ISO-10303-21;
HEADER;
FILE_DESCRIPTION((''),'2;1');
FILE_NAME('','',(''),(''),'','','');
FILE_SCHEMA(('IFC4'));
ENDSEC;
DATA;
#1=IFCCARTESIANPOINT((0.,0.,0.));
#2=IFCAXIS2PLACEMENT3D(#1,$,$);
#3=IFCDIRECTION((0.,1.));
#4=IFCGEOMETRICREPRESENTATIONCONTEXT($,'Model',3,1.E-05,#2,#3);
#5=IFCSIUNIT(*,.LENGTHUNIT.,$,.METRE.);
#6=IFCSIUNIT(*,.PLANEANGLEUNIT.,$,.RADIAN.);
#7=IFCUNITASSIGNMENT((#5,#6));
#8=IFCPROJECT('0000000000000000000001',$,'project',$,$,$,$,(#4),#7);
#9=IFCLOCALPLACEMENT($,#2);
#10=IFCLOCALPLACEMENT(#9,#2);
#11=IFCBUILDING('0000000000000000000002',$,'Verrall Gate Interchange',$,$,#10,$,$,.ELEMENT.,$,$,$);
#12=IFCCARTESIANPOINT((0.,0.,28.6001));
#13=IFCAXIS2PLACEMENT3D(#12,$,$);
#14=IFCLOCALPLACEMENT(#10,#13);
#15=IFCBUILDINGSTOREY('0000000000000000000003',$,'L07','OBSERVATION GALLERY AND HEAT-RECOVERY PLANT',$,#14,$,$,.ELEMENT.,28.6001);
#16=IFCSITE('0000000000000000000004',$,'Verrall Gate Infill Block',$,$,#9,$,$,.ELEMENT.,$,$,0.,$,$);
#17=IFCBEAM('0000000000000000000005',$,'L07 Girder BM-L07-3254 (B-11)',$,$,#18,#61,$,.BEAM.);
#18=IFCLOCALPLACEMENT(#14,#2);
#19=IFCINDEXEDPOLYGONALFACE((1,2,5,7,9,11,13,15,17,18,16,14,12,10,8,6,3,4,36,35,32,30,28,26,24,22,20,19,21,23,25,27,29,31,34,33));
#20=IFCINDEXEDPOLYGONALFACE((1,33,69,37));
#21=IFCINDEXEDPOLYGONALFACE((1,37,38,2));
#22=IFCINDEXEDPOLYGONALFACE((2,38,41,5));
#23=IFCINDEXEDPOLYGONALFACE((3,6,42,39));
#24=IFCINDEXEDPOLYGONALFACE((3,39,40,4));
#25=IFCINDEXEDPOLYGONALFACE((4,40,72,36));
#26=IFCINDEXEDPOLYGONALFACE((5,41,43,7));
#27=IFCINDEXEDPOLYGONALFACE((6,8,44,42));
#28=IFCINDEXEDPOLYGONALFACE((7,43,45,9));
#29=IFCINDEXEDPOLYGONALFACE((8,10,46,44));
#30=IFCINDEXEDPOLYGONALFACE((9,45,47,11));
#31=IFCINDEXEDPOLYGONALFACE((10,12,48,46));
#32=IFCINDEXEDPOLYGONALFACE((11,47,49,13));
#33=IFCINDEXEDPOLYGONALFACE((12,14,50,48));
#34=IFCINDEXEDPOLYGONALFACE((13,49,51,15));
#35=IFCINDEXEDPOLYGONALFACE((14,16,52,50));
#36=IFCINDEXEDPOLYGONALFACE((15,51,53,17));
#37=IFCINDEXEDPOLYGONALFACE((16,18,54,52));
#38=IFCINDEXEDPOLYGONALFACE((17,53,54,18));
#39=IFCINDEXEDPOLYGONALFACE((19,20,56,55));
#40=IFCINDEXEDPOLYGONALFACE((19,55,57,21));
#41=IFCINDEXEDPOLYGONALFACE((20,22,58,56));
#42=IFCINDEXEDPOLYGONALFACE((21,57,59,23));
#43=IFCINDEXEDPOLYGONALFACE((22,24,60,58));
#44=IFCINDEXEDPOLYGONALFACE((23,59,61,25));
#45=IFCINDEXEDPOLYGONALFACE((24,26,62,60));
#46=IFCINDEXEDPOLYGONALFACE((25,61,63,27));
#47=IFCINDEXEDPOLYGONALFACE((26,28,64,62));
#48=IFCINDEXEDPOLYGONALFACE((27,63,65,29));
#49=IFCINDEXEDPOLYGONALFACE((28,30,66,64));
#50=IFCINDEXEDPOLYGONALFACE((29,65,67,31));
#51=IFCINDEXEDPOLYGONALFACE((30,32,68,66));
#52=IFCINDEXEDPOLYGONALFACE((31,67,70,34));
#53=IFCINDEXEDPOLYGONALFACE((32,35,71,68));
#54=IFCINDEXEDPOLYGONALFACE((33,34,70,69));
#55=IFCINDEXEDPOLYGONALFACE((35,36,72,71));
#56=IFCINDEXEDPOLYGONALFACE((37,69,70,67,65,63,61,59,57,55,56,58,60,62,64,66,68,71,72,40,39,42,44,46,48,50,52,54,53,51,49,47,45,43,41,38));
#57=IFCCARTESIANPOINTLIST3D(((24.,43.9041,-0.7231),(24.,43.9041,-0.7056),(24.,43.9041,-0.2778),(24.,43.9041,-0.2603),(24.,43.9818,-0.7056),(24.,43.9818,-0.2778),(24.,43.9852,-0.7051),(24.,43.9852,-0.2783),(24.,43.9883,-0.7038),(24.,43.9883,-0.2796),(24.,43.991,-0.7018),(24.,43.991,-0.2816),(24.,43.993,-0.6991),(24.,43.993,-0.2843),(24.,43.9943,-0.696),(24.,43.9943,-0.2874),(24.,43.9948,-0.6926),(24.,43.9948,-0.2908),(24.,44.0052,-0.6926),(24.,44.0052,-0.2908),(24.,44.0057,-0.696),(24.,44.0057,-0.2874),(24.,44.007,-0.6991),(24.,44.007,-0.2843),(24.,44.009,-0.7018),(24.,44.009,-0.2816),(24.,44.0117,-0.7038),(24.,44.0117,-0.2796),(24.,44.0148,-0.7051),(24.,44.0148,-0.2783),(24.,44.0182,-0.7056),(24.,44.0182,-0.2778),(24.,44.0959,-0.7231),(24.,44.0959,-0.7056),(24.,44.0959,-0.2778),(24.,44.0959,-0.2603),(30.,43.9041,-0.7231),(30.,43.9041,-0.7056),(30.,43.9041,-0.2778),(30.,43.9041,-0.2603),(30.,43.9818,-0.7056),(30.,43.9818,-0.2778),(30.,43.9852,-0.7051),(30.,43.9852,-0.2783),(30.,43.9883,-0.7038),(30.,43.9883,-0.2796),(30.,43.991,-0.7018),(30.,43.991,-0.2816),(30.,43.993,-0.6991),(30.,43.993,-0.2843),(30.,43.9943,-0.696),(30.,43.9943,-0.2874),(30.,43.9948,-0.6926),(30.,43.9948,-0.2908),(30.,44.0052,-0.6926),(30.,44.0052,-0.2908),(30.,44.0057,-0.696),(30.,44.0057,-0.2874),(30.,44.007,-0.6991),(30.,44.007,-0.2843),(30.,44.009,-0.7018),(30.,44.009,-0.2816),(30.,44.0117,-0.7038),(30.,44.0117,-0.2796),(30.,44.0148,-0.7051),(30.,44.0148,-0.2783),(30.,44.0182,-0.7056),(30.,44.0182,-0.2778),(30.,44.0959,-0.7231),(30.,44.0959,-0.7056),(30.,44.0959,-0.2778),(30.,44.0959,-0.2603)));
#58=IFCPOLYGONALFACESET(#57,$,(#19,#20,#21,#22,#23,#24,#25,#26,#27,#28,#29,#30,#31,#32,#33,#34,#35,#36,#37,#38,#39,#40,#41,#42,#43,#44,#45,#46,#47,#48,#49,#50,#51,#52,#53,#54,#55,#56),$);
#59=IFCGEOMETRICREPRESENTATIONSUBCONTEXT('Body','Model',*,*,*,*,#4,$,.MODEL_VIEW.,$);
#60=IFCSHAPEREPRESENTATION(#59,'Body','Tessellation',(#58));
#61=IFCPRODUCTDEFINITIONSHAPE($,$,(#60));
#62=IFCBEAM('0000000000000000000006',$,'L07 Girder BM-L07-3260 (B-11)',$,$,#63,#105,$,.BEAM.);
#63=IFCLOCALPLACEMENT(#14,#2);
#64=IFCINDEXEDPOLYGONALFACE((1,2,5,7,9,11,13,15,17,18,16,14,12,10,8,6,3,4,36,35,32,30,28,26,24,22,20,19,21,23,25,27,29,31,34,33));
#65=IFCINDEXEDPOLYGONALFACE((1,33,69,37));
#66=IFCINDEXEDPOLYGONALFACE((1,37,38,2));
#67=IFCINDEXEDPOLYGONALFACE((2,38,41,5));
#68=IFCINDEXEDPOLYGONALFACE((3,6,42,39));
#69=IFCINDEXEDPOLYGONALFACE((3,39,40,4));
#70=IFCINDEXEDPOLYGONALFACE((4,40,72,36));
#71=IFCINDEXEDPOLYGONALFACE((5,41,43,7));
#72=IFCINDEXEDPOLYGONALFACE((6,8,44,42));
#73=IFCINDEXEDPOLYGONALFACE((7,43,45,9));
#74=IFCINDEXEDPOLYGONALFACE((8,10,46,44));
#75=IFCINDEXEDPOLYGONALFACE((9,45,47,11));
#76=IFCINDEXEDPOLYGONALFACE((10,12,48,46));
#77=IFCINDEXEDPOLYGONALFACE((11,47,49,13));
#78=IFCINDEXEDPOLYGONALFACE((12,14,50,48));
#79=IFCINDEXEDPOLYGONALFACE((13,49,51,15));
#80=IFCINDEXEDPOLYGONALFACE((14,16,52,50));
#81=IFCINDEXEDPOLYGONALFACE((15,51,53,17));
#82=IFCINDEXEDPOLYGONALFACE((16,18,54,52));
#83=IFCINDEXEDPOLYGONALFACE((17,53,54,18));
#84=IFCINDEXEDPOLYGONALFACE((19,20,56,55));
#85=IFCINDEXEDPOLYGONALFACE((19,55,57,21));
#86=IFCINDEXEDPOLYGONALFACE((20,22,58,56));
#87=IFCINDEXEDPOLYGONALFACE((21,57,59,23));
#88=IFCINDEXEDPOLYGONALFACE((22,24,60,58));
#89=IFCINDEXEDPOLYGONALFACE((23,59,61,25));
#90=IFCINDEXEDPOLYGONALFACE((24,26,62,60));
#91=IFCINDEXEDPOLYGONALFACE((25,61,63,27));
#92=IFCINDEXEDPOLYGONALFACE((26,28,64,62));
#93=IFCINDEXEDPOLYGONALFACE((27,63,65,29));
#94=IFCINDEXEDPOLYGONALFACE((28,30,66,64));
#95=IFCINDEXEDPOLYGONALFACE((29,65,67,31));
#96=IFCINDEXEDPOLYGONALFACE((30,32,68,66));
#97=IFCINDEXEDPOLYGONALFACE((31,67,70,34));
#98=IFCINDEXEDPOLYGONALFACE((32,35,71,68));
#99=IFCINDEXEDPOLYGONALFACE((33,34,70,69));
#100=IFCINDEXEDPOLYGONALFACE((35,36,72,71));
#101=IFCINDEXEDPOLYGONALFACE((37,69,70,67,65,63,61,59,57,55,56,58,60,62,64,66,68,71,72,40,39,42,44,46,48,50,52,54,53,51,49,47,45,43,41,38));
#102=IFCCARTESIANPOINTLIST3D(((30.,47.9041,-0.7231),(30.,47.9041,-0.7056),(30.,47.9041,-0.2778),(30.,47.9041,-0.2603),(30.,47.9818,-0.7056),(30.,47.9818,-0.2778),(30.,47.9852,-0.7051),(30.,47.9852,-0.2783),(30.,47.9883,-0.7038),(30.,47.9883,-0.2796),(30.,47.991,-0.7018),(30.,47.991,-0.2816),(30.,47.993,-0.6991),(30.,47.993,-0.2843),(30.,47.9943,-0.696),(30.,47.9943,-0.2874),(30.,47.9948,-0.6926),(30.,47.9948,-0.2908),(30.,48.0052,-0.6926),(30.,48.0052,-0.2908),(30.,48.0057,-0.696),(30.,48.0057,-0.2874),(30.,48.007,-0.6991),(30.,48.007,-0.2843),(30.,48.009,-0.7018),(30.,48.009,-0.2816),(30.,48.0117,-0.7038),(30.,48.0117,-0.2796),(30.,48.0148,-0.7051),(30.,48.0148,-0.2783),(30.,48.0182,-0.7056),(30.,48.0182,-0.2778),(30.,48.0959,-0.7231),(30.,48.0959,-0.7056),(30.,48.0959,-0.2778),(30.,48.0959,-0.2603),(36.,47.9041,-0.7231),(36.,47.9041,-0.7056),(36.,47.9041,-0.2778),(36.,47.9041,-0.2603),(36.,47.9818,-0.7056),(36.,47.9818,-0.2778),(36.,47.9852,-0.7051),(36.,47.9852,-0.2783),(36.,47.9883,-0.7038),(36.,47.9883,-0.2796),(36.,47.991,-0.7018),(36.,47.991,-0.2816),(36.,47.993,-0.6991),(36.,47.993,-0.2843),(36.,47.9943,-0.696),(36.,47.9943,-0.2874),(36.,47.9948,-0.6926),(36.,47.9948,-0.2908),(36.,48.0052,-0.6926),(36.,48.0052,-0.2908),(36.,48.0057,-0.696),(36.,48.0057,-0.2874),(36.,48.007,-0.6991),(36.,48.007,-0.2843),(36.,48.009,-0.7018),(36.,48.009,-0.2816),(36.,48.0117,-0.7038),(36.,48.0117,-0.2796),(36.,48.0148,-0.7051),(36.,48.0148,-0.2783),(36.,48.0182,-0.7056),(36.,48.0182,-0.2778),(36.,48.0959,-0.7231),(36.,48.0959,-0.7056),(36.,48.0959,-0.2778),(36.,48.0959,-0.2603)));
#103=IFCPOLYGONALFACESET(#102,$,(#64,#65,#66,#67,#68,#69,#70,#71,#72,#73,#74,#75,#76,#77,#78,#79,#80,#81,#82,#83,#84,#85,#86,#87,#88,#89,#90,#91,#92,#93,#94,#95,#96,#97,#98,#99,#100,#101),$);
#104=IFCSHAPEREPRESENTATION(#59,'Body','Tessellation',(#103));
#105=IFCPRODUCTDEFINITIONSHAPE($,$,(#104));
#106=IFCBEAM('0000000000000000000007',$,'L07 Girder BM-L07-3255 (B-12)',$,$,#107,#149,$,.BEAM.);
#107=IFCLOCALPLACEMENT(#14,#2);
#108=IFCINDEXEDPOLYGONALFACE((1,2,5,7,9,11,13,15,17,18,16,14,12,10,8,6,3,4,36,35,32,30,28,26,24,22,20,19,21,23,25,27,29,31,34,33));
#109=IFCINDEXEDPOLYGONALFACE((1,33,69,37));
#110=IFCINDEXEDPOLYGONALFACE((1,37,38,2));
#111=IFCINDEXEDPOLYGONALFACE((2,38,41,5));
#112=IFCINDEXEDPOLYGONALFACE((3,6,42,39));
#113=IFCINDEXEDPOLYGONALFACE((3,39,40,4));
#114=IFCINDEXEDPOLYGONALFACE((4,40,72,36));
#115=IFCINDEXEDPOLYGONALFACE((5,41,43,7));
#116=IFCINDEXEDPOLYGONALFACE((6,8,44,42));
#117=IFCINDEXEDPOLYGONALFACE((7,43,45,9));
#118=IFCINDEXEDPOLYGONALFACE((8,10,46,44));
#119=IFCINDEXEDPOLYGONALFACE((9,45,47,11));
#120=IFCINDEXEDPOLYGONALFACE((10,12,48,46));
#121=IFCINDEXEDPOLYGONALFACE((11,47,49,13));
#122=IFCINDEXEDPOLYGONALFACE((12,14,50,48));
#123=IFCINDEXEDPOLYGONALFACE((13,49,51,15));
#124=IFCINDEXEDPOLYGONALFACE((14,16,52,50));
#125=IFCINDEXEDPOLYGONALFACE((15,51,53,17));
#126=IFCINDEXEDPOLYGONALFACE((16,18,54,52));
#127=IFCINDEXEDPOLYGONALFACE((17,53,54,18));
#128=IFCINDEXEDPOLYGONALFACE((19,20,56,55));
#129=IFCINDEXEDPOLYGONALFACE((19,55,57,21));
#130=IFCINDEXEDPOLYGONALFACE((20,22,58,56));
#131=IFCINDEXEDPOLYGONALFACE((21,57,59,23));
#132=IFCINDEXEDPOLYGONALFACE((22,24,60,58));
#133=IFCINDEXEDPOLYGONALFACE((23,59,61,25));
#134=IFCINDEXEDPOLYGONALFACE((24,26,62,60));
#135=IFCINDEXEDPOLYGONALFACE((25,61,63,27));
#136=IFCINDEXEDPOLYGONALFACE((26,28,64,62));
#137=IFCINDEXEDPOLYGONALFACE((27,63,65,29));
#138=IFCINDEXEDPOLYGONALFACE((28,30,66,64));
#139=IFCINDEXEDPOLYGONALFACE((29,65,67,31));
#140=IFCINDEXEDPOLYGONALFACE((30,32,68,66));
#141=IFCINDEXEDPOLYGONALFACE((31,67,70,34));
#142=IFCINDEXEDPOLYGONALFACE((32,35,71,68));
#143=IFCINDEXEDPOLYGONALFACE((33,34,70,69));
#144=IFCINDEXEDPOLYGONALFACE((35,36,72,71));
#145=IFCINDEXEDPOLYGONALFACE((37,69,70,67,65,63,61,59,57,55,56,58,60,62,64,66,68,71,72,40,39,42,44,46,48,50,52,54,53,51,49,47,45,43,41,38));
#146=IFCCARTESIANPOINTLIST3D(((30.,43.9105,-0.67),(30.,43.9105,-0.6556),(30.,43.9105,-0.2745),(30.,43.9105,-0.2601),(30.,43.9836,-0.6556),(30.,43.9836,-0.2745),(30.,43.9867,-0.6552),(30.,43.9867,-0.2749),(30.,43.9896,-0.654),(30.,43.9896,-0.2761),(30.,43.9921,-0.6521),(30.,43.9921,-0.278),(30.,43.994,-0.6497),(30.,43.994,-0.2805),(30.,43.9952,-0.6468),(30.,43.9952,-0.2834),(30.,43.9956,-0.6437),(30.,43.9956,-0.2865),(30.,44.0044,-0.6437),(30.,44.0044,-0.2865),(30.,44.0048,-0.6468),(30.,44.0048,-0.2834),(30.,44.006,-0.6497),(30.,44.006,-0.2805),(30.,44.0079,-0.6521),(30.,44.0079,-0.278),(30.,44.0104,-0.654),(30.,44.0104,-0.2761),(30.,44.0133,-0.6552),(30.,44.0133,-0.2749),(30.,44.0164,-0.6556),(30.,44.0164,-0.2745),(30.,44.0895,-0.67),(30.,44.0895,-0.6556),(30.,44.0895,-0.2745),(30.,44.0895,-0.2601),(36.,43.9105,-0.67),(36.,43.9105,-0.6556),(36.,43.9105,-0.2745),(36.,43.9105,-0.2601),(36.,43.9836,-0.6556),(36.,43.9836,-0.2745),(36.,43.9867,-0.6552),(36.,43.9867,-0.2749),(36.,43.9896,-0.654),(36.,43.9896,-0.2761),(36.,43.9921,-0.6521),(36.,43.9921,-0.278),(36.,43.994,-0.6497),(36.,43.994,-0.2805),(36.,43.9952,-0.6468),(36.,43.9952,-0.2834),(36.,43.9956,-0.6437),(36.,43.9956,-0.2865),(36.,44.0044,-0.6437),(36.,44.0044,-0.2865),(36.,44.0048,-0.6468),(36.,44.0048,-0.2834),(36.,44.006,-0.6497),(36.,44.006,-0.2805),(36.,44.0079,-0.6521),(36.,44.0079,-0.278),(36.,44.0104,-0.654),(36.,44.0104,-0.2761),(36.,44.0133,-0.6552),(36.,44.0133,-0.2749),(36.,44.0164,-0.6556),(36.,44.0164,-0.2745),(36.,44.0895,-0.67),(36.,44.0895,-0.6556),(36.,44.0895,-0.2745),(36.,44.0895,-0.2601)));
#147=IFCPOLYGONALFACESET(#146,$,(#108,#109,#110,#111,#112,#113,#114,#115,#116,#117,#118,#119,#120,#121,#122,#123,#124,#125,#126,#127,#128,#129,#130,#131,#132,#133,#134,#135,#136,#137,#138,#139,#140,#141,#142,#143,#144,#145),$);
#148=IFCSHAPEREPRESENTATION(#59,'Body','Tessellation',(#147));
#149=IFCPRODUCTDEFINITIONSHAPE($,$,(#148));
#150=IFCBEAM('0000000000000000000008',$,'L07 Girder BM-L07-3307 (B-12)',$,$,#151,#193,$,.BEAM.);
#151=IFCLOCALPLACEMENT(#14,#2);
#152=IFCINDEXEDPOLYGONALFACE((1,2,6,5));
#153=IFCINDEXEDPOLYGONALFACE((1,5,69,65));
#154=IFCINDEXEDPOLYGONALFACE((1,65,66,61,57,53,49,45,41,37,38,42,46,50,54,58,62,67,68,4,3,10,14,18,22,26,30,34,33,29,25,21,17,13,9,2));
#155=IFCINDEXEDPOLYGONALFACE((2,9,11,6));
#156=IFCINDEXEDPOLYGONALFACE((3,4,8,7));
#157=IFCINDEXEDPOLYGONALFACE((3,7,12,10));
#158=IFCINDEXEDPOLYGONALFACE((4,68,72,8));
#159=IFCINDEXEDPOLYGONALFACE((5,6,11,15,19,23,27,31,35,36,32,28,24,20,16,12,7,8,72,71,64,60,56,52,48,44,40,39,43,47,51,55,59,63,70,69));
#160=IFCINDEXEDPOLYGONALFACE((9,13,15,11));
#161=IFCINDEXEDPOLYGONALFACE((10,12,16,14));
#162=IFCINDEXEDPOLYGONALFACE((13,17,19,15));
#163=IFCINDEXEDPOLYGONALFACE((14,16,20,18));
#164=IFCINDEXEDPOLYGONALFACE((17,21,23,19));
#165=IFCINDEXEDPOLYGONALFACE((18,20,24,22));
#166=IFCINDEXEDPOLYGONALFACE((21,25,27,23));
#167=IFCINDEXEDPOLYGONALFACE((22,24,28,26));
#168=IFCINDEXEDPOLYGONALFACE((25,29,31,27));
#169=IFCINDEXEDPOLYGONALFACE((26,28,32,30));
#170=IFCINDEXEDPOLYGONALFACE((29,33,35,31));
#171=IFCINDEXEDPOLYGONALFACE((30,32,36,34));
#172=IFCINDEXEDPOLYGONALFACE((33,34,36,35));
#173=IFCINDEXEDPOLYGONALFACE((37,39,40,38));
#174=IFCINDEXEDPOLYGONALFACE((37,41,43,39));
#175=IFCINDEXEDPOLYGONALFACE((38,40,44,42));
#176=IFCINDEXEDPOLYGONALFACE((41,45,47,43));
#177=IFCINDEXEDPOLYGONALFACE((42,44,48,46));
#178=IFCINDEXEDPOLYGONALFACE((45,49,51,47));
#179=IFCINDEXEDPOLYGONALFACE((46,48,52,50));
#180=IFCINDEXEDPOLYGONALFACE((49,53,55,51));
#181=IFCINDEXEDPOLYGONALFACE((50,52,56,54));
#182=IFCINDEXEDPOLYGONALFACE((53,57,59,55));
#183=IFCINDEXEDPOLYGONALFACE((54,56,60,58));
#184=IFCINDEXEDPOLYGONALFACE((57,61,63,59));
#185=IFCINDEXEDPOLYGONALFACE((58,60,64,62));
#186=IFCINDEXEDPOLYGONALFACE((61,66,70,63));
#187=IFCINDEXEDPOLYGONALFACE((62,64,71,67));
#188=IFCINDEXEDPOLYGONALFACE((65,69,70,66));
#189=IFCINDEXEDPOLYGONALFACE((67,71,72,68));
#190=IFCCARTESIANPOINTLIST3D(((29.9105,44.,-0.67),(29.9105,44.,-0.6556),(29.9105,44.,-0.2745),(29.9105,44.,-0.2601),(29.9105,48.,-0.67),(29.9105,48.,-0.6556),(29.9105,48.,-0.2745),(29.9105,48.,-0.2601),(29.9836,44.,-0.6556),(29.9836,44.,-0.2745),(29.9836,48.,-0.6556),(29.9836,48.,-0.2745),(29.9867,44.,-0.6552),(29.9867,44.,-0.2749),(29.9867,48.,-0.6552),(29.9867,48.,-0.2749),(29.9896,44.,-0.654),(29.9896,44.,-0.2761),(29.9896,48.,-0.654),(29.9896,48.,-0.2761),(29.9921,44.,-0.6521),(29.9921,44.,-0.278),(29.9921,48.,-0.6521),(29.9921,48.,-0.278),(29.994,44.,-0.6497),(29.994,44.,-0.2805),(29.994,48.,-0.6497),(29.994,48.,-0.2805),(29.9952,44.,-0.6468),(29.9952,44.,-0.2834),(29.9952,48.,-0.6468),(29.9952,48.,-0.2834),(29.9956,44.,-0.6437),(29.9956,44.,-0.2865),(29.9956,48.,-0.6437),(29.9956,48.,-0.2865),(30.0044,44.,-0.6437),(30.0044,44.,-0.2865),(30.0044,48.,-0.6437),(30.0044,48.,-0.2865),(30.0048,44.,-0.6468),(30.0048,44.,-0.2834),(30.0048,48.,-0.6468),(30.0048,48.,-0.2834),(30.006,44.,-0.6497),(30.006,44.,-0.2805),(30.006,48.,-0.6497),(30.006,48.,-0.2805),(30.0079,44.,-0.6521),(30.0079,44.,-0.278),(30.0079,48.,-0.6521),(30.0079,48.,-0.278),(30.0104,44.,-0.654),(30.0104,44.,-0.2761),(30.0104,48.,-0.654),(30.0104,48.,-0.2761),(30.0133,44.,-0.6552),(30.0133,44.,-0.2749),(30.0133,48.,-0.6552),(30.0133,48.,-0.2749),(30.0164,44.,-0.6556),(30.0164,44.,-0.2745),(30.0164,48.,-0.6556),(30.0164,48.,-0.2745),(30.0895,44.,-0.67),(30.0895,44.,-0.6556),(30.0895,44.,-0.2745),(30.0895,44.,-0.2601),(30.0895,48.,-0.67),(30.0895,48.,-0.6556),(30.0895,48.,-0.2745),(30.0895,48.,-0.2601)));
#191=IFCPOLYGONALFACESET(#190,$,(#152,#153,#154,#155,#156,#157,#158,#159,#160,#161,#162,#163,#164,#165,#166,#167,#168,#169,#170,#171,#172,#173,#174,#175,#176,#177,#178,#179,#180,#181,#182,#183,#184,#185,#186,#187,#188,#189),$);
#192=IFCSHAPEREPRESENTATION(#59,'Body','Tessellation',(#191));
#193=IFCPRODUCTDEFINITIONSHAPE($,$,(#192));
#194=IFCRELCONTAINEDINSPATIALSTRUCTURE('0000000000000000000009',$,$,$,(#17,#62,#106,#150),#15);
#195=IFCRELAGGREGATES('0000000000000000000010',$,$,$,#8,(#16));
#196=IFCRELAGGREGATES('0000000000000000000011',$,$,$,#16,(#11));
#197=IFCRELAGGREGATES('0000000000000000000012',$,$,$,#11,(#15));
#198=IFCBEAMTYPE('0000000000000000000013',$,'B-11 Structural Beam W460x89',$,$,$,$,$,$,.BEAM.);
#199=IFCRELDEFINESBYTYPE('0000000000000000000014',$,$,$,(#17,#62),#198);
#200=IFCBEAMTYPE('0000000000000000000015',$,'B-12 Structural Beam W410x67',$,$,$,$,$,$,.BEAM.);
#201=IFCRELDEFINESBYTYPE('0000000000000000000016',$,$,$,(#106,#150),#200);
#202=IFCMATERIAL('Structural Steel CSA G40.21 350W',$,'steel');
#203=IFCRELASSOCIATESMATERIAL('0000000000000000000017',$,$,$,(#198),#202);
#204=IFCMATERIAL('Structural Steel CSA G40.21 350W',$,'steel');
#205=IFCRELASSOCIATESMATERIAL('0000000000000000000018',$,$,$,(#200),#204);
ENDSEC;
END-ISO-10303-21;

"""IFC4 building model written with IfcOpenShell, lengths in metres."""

from ifc_helpers import new_model, si_unit, direction, frame, origin, origin_2d, place, context, subcontext, project, spatial, i_section, extrude, material, material_profile, profile_set, type_object, element, save


model = new_model("IFC4")

# Units and contexts
model_context = context("Model", 3, precision=1e-05, world=origin(), true_north=direction((0.0, 1.0)))
body_context = subcontext(model_context, "Body", "Model", "MODEL_VIEW")
ifc_project = project(units=[si_unit("LENGTHUNIT", "METRE"), si_unit("PLANEANGLEUNIT", "RADIAN")], contexts=[model_context])

# Site, building, storey
site_placement = place(None, origin())
site = spatial("IfcSite", under=ifc_project, at=site_placement, Name="Verrall Gate Infill Block", CompositionType="ELEMENT", RefElevation=0.0)
building_placement = place(site_placement, origin())
building = spatial("IfcBuilding", under=site, at=building_placement, Name="Verrall Gate Interchange", CompositionType="ELEMENT")
storey_placement = place(building_placement, frame((0.0, 0.0, 28.6001)))
storey = spatial("IfcBuildingStorey", under=building, at=storey_placement, Name="L07", Description="OBSERVATION GALLERY AND HEAT-RECOVERY PLANT", CompositionType="ELEMENT", Elevation=28.6001)

# Beams
ifc_material_1 = material(Name="Structural Steel CSA G40.21 350W", Category="steel")
ifc_material_profile_1 = material_profile(ifc_material_1, i_section(OverallWidth=0.1919, OverallDepth=0.4629, WebThickness=0.0105, FlangeThickness=0.0176, FilletRadius=0.0129, at=origin_2d()), Name="W460x89")
ifc_profile_set_1 = profile_set([ifc_material_profile_1], Name="Structural Steel CSA G40.21 350W")
beam_type_1 = type_object("IfcBeamType", Name="B-11 Structural Beam W460x89", PredefinedType="BEAM", material=ifc_profile_set_1)
for number, where, z_axis, x_axis, name in (
    (1, (24.0, 44.0, -0.4917), (1.0, 0.0, 0.0), (0.0, 1.0, 0.0), "L07 Girder BM-L07-3254 (B-11)"),
    (2, (30.0, 48.0, -0.4917), (1.0, 0.0, 0.0), (0.0, 1.0, 0.0), "L07 Girder BM-L07-3260 (B-11)"),
):
    element("IfcBeam", number, at=place(storey_placement, frame(where, z_axis=z_axis, x_axis=x_axis)), inside=storey, type_object=beam_type_1, Name=name, PredefinedType="BEAM", context=body_context, shape_type="SweptSolid", body=[
        extrude(i_section(OverallWidth=0.1919, OverallDepth=0.4629, WebThickness=0.0105, FlangeThickness=0.0176, FilletRadius=0.0129, at=origin_2d()), origin(), (0.0, 0.0, 1.0), 6.0),
    ])
ifc_material_2 = material(Name="Structural Steel CSA G40.21 350W", Category="steel")
ifc_material_profile_2 = material_profile(ifc_material_2, i_section(OverallWidth=0.179, OverallDepth=0.4099, WebThickness=0.0088, FlangeThickness=0.0144, FilletRadius=0.012, at=origin_2d()), Name="W410x67")
ifc_profile_set_2 = profile_set([ifc_material_profile_2], Name="Structural Steel CSA G40.21 350W")
beam_type_2 = type_object("IfcBeamType", Name="B-12 Structural Beam W410x67", PredefinedType="BEAM", material=ifc_profile_set_2)
beam_1_placement = place(storey_placement, frame((30.0, 44.0, -0.4651), z_axis=(1.0, 0.0, 0.0), x_axis=(0.0, 1.0, 0.0)))
element("IfcBeam", 3, at=beam_1_placement, inside=storey, type_object=beam_type_2, Name="L07 Girder BM-L07-3255 (B-12)", PredefinedType="BEAM", context=body_context, shape_type="SweptSolid", body=[
    extrude(i_section(OverallWidth=0.179, OverallDepth=0.4099, WebThickness=0.0088, FlangeThickness=0.0144, FilletRadius=0.012, at=origin_2d()), origin(), (0.0, 0.0, 1.0), 6.0),
])
beam_2_placement = place(storey_placement, frame((30.0, 44.0, -0.4651), z_axis=(0.0, 1.0, 0.0), x_axis=(-1.0, 0.0, 0.0)))
element("IfcBeam", 4, at=beam_2_placement, inside=storey, type_object=beam_type_2, Name="L07 Girder BM-L07-3307 (B-12)", PredefinedType="BEAM", context=body_context, shape_type="SweptSolid", body=[
    extrude(i_section(OverallWidth=0.179, OverallDepth=0.4099, WebThickness=0.0088, FlangeThickness=0.0144, FilletRadius=0.012, at=origin_2d()), origin(), (0.0, 0.0, 1.0), 4.0),
])

save(model, "model.ifc")
